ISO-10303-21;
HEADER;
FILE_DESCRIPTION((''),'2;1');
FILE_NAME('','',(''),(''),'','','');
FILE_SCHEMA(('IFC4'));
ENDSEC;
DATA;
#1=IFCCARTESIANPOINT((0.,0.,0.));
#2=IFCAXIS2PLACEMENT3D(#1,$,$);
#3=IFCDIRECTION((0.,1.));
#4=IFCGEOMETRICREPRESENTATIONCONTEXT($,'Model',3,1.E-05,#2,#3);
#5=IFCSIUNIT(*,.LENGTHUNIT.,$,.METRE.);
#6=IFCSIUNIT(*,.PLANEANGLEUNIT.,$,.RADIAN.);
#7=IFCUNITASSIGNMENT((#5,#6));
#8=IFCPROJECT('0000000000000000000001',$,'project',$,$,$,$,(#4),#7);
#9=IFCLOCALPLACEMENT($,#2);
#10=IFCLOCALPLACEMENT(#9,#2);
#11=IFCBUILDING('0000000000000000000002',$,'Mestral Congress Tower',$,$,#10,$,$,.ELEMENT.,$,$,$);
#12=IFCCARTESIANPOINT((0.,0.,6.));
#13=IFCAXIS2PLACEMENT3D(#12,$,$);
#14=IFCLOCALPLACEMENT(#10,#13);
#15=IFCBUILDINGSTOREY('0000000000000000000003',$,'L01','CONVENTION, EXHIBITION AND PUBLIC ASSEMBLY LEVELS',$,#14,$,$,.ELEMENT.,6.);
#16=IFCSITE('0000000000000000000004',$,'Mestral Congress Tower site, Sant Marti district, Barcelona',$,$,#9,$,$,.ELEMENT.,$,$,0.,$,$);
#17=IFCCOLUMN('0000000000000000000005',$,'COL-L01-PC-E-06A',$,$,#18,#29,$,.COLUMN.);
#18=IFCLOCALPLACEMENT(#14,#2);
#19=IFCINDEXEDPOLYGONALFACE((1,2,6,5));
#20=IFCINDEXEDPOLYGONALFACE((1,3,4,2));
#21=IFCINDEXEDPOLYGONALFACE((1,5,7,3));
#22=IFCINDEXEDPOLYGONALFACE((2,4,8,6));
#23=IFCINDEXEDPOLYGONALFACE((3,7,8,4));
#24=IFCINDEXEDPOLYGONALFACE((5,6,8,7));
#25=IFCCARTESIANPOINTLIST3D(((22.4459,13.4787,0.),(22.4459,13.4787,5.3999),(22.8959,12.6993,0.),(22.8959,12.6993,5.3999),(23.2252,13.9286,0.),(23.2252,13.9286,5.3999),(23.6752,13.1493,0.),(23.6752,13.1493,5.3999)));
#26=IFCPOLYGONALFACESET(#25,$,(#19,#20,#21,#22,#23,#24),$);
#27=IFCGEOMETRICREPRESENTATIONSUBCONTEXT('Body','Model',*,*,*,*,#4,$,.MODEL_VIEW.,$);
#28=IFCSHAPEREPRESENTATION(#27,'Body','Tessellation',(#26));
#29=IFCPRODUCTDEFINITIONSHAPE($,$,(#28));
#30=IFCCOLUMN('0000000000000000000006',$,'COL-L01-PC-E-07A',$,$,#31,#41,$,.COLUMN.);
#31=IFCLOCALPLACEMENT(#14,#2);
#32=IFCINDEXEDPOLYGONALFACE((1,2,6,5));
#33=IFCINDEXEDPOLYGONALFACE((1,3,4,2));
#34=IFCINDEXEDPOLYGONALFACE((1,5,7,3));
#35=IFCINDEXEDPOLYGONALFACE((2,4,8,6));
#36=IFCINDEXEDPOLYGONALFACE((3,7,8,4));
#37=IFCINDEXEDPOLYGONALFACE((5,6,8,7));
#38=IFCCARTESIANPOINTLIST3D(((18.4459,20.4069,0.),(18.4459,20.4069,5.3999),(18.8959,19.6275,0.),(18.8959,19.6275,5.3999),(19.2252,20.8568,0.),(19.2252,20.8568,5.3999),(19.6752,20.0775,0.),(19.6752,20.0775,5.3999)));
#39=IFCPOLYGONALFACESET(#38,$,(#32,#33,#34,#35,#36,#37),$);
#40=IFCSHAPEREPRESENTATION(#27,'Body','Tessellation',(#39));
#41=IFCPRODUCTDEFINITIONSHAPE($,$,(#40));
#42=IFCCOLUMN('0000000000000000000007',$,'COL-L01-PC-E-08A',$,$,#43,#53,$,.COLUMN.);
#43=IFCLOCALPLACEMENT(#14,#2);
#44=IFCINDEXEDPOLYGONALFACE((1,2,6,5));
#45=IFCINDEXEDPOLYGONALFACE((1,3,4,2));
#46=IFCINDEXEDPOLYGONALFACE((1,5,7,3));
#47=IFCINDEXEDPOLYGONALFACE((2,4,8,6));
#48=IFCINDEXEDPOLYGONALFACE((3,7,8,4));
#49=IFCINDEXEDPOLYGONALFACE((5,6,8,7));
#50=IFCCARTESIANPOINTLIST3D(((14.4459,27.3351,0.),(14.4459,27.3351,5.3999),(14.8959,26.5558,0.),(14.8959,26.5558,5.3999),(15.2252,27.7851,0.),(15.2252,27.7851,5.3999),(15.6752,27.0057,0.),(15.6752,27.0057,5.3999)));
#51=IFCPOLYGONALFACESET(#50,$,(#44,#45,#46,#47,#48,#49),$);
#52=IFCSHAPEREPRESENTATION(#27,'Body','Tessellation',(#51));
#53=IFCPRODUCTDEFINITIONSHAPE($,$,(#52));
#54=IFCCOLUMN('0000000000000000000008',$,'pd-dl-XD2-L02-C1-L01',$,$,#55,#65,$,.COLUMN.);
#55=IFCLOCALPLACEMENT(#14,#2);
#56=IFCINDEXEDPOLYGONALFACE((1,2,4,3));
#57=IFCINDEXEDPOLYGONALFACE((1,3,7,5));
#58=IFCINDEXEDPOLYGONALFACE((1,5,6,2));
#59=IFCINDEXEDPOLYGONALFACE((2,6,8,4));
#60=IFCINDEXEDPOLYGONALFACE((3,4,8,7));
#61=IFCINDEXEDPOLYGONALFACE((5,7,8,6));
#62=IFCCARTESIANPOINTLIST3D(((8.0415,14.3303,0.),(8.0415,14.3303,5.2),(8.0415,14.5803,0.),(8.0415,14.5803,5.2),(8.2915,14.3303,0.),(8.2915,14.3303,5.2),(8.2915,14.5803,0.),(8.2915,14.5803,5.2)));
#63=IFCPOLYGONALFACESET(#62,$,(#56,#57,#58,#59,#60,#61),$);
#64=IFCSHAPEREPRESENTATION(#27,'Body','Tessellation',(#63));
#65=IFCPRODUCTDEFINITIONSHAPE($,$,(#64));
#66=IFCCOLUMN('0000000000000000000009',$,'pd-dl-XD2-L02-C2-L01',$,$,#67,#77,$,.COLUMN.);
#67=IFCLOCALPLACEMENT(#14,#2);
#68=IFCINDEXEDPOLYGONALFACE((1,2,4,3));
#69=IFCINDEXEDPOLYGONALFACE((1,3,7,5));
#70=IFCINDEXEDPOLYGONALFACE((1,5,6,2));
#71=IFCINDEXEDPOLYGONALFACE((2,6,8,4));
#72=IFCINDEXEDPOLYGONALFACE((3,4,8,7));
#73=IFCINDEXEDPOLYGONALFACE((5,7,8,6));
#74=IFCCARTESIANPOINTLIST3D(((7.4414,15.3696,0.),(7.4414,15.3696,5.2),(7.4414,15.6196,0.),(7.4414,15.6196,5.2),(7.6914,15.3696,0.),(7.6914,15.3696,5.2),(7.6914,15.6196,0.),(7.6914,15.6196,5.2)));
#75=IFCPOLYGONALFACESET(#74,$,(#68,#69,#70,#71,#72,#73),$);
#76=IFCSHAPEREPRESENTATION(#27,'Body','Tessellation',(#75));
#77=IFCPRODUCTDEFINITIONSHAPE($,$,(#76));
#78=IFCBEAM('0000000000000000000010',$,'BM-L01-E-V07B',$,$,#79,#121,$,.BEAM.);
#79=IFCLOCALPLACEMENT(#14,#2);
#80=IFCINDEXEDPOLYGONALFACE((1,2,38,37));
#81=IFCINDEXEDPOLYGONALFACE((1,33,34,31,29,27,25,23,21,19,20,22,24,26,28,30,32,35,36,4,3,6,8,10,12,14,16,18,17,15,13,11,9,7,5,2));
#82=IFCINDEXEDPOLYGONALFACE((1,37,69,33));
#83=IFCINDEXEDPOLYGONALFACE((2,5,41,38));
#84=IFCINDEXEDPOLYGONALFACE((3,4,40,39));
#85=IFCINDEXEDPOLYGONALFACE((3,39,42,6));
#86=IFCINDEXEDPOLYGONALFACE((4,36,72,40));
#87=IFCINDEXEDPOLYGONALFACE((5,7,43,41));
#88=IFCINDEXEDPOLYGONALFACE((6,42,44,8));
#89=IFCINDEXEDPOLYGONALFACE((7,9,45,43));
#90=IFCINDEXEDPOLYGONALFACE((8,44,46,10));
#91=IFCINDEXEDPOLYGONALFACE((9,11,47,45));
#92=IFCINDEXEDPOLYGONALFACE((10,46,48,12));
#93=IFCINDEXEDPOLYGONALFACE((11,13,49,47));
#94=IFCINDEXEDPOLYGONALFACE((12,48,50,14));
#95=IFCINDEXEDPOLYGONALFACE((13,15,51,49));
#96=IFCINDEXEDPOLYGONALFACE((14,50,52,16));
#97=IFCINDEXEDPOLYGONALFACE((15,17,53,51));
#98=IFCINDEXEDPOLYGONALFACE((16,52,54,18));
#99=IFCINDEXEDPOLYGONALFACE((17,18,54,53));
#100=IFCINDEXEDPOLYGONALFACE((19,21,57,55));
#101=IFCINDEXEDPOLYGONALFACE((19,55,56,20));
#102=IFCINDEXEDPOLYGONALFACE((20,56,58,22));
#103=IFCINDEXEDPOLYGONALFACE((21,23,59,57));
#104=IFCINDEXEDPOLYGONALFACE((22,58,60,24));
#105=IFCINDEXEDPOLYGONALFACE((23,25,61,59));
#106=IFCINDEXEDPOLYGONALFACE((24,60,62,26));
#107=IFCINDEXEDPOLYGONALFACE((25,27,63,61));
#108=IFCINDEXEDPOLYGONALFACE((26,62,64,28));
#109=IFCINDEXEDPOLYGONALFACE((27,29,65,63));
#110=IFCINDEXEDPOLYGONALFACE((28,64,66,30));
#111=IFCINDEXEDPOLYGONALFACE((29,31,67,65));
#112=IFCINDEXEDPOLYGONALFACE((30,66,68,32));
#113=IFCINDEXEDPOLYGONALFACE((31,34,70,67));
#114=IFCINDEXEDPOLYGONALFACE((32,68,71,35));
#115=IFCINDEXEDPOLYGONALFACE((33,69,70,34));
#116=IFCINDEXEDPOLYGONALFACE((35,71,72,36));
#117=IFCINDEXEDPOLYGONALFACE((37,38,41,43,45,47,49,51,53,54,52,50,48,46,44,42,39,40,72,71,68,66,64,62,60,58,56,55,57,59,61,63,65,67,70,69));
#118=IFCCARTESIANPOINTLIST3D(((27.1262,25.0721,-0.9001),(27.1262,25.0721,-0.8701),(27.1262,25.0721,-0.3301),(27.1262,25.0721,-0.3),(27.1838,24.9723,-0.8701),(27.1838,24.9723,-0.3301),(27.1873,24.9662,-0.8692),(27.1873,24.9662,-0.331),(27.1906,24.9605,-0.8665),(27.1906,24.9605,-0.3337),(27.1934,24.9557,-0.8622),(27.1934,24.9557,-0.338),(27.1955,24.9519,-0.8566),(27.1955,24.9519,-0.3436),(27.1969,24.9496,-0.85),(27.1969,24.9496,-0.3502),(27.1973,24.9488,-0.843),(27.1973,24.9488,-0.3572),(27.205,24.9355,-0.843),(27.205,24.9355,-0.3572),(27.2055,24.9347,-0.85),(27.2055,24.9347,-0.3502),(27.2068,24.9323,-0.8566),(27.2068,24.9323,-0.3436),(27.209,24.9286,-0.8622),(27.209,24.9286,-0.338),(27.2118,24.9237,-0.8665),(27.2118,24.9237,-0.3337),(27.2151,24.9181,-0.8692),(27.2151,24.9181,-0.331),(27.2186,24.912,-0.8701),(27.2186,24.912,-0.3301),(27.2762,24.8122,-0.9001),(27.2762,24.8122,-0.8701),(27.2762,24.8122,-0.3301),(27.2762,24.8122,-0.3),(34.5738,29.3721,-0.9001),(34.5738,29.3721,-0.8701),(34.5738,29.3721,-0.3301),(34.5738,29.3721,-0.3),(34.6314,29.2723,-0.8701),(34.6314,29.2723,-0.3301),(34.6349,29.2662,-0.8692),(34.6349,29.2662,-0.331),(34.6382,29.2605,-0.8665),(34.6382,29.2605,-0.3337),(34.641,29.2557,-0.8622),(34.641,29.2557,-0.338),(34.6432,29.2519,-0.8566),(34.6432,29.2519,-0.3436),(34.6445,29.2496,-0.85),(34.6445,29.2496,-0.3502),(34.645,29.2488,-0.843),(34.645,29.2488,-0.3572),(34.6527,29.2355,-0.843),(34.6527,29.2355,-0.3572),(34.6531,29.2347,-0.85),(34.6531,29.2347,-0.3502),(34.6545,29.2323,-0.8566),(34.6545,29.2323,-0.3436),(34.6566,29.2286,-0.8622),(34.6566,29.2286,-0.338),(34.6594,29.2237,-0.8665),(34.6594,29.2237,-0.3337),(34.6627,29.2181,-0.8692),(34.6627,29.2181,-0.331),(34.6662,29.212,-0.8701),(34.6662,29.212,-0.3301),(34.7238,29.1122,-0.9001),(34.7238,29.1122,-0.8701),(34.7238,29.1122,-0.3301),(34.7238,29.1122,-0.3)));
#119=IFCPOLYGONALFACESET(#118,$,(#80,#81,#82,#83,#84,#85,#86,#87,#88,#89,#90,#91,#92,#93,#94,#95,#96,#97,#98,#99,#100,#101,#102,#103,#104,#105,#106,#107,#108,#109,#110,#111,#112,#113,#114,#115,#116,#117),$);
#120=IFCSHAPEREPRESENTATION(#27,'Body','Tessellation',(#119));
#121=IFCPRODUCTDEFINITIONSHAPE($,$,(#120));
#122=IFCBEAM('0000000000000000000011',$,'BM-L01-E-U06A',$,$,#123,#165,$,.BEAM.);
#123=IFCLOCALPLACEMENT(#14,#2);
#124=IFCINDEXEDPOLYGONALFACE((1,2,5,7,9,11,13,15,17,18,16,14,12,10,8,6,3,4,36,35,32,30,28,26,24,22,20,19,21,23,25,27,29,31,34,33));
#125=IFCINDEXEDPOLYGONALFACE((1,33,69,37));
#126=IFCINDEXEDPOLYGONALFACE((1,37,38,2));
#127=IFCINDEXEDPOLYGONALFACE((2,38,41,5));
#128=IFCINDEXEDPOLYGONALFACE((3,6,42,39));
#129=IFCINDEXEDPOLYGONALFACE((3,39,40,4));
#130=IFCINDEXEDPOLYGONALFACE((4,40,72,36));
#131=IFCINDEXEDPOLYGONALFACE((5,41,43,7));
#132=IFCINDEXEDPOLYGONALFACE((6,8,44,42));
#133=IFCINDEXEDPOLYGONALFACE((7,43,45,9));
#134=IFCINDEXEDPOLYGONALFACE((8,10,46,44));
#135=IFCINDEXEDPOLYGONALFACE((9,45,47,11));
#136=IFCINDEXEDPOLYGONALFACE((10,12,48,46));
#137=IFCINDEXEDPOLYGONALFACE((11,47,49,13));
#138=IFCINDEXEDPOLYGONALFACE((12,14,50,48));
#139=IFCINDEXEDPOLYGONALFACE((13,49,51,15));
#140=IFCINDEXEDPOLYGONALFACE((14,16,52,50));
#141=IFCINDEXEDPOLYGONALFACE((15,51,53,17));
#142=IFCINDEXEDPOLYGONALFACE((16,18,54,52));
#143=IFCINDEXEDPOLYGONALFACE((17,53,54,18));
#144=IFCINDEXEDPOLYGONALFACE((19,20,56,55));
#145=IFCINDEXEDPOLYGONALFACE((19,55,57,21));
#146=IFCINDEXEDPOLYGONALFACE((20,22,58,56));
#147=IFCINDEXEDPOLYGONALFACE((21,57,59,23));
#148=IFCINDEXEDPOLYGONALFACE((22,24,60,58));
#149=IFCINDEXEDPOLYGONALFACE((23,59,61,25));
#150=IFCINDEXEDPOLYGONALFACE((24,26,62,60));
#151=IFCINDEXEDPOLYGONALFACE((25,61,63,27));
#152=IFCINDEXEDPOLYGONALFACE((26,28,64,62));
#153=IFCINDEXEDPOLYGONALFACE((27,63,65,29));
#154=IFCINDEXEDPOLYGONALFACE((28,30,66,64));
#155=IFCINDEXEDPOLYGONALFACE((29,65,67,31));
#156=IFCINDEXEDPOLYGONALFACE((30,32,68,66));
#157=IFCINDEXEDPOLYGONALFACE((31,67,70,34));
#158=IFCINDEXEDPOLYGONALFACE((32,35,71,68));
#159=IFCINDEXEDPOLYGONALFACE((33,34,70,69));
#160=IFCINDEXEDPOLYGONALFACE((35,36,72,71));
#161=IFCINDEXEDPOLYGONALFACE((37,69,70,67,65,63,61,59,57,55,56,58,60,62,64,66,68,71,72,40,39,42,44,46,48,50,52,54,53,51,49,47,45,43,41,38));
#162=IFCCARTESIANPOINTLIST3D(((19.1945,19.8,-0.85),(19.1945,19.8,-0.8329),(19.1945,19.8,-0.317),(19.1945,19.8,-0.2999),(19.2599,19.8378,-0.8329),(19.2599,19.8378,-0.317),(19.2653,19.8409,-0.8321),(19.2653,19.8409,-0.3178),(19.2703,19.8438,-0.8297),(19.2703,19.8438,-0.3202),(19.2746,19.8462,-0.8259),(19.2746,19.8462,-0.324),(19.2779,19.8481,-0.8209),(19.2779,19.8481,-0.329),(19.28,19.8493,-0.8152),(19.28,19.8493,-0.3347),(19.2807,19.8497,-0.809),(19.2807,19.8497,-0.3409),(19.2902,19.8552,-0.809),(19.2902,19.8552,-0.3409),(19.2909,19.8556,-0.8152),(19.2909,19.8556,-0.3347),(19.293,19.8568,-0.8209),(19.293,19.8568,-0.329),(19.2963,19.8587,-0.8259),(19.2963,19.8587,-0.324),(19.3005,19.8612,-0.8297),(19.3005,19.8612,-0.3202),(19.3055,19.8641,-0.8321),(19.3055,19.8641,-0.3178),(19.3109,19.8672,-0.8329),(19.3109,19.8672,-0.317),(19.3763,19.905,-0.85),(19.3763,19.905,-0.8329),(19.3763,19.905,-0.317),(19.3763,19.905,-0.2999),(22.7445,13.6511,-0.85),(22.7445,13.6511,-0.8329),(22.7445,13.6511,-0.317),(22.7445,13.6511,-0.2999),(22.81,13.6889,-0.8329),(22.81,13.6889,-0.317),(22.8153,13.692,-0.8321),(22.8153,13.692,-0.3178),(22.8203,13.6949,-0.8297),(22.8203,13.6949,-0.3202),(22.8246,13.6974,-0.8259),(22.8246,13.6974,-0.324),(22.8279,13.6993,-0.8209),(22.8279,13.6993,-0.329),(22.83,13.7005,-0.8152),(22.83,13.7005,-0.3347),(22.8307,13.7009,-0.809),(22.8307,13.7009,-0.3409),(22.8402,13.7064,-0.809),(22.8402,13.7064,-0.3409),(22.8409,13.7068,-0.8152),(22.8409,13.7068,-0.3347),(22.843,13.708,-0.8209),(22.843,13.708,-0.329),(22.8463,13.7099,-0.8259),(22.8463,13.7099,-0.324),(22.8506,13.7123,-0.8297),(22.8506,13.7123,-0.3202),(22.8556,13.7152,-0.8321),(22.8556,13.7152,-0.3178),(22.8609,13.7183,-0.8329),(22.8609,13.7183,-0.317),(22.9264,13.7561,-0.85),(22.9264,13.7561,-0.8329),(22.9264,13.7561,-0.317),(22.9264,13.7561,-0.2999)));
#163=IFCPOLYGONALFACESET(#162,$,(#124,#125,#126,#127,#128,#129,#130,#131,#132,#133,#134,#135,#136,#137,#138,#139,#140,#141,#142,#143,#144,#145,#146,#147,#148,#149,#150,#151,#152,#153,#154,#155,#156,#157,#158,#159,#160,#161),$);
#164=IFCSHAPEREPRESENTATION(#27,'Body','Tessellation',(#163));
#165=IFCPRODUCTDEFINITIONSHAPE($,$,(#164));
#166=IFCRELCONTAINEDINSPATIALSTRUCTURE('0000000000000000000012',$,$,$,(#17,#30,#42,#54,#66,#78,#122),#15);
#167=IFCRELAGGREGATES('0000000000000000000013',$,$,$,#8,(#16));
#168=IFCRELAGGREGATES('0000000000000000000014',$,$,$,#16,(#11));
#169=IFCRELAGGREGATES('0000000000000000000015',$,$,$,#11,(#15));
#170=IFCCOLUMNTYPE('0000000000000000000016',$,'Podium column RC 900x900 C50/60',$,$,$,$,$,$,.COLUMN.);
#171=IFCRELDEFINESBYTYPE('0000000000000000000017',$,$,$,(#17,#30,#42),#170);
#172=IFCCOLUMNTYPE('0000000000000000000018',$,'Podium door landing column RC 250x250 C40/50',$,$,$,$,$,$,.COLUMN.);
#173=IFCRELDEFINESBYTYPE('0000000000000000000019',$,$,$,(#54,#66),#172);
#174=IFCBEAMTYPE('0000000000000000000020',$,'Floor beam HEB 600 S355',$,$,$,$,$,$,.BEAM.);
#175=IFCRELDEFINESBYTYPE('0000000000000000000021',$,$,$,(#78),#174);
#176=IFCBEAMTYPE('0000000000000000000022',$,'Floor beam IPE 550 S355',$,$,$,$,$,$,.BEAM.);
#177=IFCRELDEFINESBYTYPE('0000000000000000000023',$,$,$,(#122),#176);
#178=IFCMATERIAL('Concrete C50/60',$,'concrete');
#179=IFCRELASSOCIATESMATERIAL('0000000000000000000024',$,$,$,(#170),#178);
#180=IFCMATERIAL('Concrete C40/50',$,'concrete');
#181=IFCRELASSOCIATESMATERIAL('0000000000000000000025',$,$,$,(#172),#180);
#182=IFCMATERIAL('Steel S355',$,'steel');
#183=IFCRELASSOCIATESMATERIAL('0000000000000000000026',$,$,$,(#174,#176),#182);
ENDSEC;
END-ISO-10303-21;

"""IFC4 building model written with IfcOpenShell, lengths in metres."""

from ifc_helpers import new_model, si_unit, direction, frame, origin, origin_2d, place, context, subcontext, project, spatial, rectangle, i_section, extrude, material, material_profile, profile_set, type_object, element, save


model = new_model("IFC4")

# Units and contexts
model_context = context("Model", 3, precision=1e-05, world=origin(), true_north=direction((0.0, 1.0)))
body_context = subcontext(model_context, "Body", "Model", "MODEL_VIEW")
ifc_project = project(units=[si_unit("LENGTHUNIT", "METRE"), si_unit("PLANEANGLEUNIT", "RADIAN")], contexts=[model_context])

# Site, building, storey
site_placement = place(None, origin())
site = spatial("IfcSite", under=ifc_project, at=site_placement, Name="Mestral Congress Tower site, Sant Marti district, Barcelona", CompositionType="ELEMENT", RefElevation=0.0)
building_placement = place(site_placement, origin())
building = spatial("IfcBuilding", under=site, at=building_placement, Name="Mestral Congress Tower", CompositionType="ELEMENT")
storey_placement = place(building_placement, frame((0.0, 0.0, 6.0)))
storey = spatial("IfcBuildingStorey", under=building, at=storey_placement, Name="L01", Description="CONVENTION, EXHIBITION AND PUBLIC ASSEMBLY LEVELS", CompositionType="ELEMENT", Elevation=6.0)

# Columns
ifc_material_1 = material(Name="Concrete C50/60", Category="concrete")
ifc_material_profile_1 = material_profile(ifc_material_1, rectangle(XDim=0.8999, YDim=0.8999, at=origin_2d()), Name="RC 900x900")
ifc_profile_set_1 = profile_set([ifc_material_profile_1], Name="Concrete C50/60")
column_type_1 = type_object("IfcColumnType", Name="Podium column RC 900x900 C50/60", PredefinedType="COLUMN", material=ifc_profile_set_1)
for number, where, z_axis, x_axis, name in (
    (1, (23.0605, 13.314, 0.0), (0.0, 0.0, 1.0), (-0.5, 0.866025, 0.0), "COL-L01-PC-E-06A"),
    (2, (19.0605, 20.2422, 0.0), (0.0, 0.0, 1.0), (-0.5, 0.866025, 0.0), "COL-L01-PC-E-07A"),
    (3, (15.0605, 27.1704, 0.0), (0.0, 0.0, 1.0), (-0.5, 0.866025, 0.0), "COL-L01-PC-E-08A"),
):
    element("IfcColumn", number, at=place(storey_placement, frame(where, z_axis=z_axis, x_axis=x_axis)), inside=storey, type_object=column_type_1, Name=name, PredefinedType="COLUMN", context=body_context, shape_type="SweptSolid", body=[
        extrude(rectangle(XDim=0.8999, YDim=0.8999, at=origin_2d()), origin(), (0.0, 0.0, 1.0), 5.3999),
    ])
ifc_material_2 = material(Name="Concrete C40/50", Category="concrete")
ifc_material_profile_2 = material_profile(ifc_material_2, rectangle(XDim=0.25, YDim=0.25, at=origin_2d()), Name="RC 250x250")
ifc_profile_set_2 = profile_set([ifc_material_profile_2], Name="Concrete C40/50")
column_type_2 = type_object("IfcColumnType", Name="Podium door landing column RC 250x250 C40/50", PredefinedType="COLUMN", material=ifc_profile_set_2)
for number, where, z_axis, x_axis, name in (
    (4, (8.1665, 14.4553, 0.0), (0.0, 0.0, 1.0), (1.0, 0.0, 0.0), "pd-dl-XD2-L02-C1-L01"),
    (5, (7.5664, 15.4946, 0.0), (0.0, 0.0, 1.0), (1.0, 0.0, 0.0), "pd-dl-XD2-L02-C2-L01"),
):
    element("IfcColumn", number, at=place(storey_placement, frame(where, z_axis=z_axis, x_axis=x_axis)), inside=storey, type_object=column_type_2, Name=name, PredefinedType="COLUMN", context=body_context, shape_type="SweptSolid", body=[
        extrude(rectangle(XDim=0.25, YDim=0.25, at=origin_2d()), origin(), (0.0, 0.0, 1.0), 5.2),
    ])

# Beams
ifc_material_3 = material(Name="Steel S355", Category="steel")
ifc_material_profile_3 = material_profile(ifc_material_3, i_section(OverallWidth=0.3, OverallDepth=0.6001, WebThickness=0.0154, FlangeThickness=0.03, FilletRadius=0.0271, at=origin_2d()), Name="HEB 600")
ifc_profile_set_3 = profile_set([ifc_material_profile_3], Name="Steel S355")
beam_type_1 = type_object("IfcBeamType", Name="Floor beam HEB 600 S355", PredefinedType="BEAM", material=ifc_profile_set_3)
beam_placement = place(storey_placement, frame((27.2012, 24.9421, -0.6001), z_axis=(0.866021, 0.500008, 0.0), x_axis=(-0.500008, 0.866021, 0.0)))
element("IfcBeam", 6, at=beam_placement, inside=storey, type_object=beam_type_1, Name="BM-L01-E-V07B", PredefinedType="BEAM", context=body_context, shape_type="SweptSolid", body=[
    extrude(i_section(OverallWidth=0.3, OverallDepth=0.6001, WebThickness=0.0154, FlangeThickness=0.03, FilletRadius=0.0271, at=origin_2d()), origin(), (0.0, 0.0, 1.0), 8.5999),
])
ifc_material_profile_4 = material_profile(ifc_material_3, i_section(OverallWidth=0.21, OverallDepth=0.55, WebThickness=0.011, FlangeThickness=0.0171, FilletRadius=0.0239, at=origin_2d()), Name="IPE 550")
ifc_profile_set_4 = profile_set([ifc_material_profile_4], Name="Steel S355")
beam_type_2 = type_object("IfcBeamType", Name="Floor beam IPE 550 S355", PredefinedType="BEAM", material=ifc_profile_set_4)
for number, where, z_axis, x_axis, name in (
    (7, (22.8354, 13.7036, -0.575), (-0.499996, 0.866028, 0.0), (-0.866028, -0.499996, 0.0), "BM-L01-E-U06A"),
):
    element("IfcBeam", number, at=place(storey_placement, frame(where, z_axis=z_axis, x_axis=x_axis)), inside=storey, type_object=beam_type_2, Name=name, PredefinedType="BEAM", context=body_context, shape_type="SweptSolid", body=[
        extrude(i_section(OverallWidth=0.21, OverallDepth=0.55, WebThickness=0.011, FlangeThickness=0.0171, FilletRadius=0.0239, at=origin_2d()), origin(), (0.0, 0.0, 1.0), 7.1001),
    ])

save(model, "model.ifc")
